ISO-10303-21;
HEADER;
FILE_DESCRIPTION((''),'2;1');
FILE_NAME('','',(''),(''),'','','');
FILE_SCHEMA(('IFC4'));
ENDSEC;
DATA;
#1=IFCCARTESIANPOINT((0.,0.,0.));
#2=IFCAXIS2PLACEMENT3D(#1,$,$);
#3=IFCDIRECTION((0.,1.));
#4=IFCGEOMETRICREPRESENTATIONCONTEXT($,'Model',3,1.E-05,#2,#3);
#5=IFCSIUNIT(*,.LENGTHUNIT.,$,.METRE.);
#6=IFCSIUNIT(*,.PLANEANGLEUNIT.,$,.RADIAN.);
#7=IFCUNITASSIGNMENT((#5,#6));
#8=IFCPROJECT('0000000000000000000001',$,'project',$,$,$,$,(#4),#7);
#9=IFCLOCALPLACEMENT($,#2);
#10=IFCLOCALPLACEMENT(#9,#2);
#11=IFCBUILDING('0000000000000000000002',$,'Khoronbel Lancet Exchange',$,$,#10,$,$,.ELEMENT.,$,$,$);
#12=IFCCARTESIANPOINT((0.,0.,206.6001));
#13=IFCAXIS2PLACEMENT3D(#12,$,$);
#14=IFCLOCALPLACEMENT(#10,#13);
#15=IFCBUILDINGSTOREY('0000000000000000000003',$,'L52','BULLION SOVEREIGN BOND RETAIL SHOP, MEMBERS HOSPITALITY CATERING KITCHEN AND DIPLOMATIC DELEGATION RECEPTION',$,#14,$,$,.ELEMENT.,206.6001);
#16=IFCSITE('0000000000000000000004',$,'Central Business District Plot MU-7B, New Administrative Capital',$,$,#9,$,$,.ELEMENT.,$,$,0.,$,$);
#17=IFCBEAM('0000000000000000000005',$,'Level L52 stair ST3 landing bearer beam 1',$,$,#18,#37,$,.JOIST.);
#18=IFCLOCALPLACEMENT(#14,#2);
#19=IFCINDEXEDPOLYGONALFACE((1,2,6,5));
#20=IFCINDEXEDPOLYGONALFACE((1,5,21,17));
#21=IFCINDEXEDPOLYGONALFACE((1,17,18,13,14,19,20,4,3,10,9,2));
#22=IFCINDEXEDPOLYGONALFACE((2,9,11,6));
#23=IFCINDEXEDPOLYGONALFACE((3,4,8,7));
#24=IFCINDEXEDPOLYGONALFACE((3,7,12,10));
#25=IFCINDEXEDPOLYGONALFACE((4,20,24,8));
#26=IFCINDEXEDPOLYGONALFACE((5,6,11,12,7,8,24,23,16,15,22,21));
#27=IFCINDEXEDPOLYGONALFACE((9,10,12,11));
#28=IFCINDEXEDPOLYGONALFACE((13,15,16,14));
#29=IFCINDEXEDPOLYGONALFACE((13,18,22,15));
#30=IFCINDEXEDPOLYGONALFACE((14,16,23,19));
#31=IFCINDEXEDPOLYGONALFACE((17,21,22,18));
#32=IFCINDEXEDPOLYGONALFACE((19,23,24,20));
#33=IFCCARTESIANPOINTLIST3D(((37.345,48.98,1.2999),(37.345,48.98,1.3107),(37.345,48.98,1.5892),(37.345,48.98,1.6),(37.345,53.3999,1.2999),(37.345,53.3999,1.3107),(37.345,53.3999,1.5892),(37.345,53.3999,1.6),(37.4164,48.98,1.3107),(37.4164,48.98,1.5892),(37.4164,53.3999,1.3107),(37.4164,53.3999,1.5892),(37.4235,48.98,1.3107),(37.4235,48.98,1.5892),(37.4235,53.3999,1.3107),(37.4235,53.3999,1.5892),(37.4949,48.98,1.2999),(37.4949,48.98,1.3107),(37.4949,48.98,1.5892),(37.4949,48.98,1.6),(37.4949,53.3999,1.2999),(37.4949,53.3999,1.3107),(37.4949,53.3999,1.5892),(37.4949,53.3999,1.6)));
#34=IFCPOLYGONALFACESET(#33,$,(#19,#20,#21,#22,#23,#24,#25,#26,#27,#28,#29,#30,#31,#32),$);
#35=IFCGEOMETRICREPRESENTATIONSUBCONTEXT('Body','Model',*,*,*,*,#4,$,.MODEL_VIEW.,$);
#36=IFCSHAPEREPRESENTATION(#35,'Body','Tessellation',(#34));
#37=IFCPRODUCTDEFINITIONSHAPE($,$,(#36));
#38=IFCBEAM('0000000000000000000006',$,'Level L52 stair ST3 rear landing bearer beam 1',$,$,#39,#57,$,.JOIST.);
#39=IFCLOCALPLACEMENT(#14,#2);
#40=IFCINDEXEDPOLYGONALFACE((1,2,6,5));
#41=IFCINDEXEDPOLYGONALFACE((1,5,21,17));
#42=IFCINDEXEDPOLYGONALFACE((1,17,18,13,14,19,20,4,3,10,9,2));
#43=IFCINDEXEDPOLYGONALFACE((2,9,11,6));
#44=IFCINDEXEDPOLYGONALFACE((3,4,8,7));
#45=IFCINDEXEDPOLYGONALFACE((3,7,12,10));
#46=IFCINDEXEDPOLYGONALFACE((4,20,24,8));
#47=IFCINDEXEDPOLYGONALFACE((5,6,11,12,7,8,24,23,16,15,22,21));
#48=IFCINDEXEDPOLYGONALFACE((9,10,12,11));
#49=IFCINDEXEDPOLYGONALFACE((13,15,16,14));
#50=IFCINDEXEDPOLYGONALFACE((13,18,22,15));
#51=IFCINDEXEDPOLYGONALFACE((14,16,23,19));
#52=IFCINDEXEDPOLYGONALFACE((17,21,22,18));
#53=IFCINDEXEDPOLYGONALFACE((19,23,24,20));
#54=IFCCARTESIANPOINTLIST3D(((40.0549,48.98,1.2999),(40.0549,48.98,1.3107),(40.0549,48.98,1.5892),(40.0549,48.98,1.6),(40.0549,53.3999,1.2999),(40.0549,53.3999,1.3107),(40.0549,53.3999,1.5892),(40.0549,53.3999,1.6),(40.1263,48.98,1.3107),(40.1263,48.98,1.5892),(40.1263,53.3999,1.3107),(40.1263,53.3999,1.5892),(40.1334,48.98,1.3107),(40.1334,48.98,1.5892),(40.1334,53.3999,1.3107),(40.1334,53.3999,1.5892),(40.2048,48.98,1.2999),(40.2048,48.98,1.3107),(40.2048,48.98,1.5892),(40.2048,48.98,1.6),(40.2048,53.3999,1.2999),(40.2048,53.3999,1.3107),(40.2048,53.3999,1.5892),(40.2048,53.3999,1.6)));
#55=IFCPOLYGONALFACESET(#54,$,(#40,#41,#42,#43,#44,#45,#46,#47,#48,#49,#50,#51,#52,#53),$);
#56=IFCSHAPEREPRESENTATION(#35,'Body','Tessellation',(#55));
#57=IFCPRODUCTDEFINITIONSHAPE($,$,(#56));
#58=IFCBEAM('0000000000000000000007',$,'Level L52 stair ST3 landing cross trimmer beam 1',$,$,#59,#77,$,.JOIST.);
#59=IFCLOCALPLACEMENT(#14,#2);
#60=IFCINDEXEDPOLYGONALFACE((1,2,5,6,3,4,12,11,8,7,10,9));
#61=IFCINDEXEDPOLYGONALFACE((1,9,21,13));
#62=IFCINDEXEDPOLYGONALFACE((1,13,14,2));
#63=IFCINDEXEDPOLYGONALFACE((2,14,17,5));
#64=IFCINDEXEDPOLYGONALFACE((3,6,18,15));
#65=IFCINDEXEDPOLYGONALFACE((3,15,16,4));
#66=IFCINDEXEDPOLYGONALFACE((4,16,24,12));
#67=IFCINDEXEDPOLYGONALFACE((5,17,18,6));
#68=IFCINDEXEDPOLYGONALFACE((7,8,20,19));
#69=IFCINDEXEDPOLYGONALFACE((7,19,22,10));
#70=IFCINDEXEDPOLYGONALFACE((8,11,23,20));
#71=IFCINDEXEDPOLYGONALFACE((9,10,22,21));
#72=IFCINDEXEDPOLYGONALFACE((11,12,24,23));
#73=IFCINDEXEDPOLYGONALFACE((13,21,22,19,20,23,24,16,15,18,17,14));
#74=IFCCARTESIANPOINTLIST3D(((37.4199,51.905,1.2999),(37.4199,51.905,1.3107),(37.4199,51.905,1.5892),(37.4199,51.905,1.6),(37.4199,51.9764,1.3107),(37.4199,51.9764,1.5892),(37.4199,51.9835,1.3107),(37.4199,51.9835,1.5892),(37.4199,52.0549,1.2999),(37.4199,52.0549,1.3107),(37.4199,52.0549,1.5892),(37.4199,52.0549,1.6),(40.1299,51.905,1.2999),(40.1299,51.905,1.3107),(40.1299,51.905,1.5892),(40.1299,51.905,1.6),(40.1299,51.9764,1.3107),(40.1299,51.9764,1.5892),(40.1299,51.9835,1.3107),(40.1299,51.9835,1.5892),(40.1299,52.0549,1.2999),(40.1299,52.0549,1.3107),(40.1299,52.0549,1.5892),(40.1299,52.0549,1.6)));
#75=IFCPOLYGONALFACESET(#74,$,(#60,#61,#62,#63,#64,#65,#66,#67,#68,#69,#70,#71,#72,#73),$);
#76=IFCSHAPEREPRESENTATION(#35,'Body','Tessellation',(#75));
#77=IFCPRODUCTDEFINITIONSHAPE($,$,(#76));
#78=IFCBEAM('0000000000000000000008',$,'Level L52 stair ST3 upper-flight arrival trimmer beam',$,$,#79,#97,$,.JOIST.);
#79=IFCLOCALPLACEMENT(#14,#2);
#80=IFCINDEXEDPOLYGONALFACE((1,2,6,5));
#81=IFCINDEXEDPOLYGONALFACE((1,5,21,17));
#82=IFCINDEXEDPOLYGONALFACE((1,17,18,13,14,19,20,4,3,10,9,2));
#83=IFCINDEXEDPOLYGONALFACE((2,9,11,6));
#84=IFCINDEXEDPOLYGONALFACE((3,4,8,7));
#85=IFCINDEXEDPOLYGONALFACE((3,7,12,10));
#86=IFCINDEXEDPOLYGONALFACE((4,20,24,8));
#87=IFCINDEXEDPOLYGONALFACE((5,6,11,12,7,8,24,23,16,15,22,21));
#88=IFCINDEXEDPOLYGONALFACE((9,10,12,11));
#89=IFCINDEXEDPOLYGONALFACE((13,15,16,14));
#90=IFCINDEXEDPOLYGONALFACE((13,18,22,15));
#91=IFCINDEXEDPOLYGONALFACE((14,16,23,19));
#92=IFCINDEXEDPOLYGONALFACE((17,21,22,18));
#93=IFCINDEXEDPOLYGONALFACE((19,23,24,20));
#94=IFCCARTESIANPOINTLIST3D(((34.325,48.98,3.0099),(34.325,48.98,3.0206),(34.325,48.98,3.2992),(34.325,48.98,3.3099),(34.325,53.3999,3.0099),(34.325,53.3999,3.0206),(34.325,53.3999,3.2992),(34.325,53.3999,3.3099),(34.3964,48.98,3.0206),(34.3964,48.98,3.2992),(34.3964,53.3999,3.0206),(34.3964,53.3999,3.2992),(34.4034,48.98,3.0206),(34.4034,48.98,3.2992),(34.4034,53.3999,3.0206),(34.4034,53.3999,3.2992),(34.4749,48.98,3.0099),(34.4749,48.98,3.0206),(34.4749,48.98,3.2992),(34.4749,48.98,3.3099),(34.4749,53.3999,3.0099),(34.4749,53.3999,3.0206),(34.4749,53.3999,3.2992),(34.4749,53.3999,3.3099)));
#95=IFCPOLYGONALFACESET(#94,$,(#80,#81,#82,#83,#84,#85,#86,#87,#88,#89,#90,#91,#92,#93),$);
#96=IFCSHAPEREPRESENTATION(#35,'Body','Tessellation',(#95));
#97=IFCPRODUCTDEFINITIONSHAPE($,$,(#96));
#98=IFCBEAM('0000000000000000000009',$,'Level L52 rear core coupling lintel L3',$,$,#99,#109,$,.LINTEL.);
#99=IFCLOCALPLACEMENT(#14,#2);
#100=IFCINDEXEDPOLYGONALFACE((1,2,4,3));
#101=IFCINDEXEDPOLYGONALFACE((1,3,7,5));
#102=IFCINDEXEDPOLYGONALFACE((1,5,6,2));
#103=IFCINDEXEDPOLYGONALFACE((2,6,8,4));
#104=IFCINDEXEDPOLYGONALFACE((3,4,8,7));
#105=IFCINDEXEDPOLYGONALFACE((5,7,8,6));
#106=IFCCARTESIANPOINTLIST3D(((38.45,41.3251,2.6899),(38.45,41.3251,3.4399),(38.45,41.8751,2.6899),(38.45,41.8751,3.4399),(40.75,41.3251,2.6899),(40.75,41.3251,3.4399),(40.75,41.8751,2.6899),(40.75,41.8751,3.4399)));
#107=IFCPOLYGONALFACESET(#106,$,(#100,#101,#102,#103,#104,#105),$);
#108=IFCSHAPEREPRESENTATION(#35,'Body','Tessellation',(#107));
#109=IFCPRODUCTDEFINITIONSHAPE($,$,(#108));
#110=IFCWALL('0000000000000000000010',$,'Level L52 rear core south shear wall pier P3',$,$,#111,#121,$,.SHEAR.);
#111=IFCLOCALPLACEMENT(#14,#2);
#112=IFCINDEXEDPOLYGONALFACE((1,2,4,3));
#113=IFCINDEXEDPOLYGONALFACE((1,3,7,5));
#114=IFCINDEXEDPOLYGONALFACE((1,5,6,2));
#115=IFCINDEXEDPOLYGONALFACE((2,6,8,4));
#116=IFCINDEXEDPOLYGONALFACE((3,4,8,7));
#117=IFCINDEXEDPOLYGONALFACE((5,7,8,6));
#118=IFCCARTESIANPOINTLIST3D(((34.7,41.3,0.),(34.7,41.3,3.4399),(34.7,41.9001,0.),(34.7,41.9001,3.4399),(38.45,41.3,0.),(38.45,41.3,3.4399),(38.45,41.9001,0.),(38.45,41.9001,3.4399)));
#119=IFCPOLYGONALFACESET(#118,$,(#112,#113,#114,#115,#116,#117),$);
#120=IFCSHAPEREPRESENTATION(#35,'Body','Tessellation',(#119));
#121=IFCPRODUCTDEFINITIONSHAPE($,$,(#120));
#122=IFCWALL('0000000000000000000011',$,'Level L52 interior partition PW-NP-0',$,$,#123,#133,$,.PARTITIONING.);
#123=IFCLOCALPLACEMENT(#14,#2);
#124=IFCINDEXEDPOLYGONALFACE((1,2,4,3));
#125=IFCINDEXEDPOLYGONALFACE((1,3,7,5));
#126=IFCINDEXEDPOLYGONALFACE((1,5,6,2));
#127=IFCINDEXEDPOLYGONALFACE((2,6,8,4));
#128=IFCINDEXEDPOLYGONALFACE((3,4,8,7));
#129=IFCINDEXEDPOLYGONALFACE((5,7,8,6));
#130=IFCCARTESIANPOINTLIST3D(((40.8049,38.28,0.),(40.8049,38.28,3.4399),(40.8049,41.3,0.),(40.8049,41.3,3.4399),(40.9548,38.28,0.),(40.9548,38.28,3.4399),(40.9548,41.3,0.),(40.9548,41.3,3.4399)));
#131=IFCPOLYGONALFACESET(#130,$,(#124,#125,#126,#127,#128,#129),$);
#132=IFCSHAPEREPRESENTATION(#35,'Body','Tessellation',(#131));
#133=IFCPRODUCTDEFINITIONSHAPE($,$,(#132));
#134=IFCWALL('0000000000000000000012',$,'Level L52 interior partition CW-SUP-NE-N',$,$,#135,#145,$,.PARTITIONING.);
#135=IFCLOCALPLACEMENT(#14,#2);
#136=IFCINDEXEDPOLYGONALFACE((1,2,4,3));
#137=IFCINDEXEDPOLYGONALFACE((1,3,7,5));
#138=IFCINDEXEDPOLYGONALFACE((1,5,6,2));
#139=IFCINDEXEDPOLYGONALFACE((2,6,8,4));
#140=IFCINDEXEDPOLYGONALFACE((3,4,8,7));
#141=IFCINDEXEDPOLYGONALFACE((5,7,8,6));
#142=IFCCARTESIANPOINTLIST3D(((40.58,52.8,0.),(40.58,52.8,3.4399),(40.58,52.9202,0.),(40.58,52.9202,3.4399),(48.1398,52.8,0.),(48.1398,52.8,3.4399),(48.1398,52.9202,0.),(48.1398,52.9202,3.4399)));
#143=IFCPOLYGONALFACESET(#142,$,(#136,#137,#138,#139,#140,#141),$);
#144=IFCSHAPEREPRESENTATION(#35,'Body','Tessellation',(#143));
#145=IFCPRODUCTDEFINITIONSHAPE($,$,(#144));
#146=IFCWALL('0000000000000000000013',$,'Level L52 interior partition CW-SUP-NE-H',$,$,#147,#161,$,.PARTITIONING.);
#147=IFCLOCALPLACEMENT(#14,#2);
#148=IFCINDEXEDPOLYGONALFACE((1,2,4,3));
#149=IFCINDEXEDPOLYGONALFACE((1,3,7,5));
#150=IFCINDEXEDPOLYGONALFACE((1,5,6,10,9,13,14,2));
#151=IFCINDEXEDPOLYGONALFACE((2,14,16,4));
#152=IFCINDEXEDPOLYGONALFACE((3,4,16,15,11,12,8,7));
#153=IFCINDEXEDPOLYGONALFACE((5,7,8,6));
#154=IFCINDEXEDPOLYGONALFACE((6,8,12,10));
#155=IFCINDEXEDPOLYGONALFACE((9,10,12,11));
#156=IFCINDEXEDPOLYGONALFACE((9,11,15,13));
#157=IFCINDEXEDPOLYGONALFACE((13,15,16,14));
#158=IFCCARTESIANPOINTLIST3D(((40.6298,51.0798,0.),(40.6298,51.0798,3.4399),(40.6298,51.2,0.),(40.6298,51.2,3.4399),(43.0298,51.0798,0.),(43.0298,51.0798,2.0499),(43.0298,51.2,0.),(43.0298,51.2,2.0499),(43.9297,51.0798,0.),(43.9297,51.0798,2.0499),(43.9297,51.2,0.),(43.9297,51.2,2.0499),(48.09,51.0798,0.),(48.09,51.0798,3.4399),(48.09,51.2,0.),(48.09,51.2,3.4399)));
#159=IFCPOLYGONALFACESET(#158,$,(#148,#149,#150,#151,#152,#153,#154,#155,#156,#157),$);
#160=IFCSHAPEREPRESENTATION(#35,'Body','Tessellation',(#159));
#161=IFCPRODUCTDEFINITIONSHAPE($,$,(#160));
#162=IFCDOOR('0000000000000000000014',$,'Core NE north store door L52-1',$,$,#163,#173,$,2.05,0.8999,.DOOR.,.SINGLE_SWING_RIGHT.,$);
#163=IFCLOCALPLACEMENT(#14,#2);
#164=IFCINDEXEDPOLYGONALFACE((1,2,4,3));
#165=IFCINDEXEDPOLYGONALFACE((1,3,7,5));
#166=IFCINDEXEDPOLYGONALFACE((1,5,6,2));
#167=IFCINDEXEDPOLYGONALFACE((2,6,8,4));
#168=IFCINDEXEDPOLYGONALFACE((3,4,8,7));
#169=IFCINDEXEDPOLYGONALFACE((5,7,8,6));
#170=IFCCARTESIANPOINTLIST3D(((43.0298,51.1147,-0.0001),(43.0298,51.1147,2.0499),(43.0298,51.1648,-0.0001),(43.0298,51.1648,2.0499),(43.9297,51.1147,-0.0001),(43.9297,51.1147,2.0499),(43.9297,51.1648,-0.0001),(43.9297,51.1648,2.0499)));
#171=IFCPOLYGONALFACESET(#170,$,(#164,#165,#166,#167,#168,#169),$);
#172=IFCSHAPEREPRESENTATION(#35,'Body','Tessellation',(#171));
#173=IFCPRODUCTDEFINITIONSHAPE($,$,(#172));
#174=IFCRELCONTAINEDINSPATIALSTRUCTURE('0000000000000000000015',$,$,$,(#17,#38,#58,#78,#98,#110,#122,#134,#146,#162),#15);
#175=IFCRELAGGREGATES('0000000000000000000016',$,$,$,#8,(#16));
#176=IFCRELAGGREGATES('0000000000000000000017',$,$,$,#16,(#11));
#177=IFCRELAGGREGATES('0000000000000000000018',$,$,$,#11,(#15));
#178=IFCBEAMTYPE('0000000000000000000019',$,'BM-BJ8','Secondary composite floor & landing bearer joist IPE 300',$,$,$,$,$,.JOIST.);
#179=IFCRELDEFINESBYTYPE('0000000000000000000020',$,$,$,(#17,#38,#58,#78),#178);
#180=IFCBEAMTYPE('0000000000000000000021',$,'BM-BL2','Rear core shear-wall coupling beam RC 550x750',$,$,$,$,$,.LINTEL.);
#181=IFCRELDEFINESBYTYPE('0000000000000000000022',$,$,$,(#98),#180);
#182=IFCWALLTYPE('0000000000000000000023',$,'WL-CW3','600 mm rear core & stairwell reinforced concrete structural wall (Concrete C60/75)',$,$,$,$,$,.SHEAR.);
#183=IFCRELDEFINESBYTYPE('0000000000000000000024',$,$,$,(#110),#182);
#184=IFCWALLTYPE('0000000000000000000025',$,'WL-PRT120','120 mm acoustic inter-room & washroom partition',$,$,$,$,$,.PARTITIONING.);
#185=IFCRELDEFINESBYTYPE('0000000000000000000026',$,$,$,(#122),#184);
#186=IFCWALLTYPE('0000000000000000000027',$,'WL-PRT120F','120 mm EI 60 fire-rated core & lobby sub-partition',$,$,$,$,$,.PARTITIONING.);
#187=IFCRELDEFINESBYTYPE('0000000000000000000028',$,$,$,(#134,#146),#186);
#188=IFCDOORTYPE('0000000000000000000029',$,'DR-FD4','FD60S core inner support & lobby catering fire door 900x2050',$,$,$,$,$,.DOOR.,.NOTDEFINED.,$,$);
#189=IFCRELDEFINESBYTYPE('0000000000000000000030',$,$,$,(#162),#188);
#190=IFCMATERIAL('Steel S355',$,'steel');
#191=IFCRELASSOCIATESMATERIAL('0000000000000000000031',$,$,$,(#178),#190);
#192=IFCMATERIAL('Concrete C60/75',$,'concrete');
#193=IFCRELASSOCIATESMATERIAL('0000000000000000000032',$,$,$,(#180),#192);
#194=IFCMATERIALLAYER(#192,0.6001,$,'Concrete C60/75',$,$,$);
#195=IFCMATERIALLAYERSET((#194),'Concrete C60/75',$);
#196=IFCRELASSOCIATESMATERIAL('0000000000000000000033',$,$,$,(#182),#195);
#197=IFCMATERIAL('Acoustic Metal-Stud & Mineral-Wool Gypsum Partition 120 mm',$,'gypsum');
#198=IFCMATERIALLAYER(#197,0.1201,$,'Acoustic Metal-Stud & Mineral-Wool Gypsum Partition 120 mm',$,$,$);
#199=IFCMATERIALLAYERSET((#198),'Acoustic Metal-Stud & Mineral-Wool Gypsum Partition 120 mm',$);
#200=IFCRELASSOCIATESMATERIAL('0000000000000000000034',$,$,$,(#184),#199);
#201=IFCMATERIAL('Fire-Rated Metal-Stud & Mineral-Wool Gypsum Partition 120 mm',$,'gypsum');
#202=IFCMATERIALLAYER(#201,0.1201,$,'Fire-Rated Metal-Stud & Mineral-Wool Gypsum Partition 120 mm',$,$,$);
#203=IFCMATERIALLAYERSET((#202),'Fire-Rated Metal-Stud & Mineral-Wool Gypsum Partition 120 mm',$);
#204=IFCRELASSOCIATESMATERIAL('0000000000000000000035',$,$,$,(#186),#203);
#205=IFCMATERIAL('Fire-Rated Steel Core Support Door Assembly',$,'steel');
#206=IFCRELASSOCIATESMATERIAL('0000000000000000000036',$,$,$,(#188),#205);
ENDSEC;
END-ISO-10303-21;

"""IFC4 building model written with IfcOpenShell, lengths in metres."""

from ifc_helpers import new_model, si_unit, direction, frame, frame_2d, origin, origin_2d, place, context, subcontext, project, spatial, rectangle, i_section, extrude, material, layer, layer_set, material_profile, profile_set, type_object, element, fill, save


model = new_model("IFC4")

# Units and contexts
model_context = context("Model", 3, precision=1e-05, world=origin(), true_north=direction((0.0, 1.0)))
body_context = subcontext(model_context, "Body", "Model", "MODEL_VIEW")
ifc_project = project(units=[si_unit("LENGTHUNIT", "METRE"), si_unit("PLANEANGLEUNIT", "RADIAN")], contexts=[model_context])

# Site, building, storey
site_placement = place(None, origin())
site = spatial("IfcSite", under=ifc_project, at=site_placement, Name="Central Business District Plot MU-7B, New Administrative Capital", CompositionType="ELEMENT", RefElevation=0.0)
building_placement = place(site_placement, origin())
building = spatial("IfcBuilding", under=site, at=building_placement, Name="Khoronbel Lancet Exchange", CompositionType="ELEMENT")
storey_placement = place(building_placement, frame((0.0, 0.0, 206.6001)))
storey = spatial("IfcBuildingStorey", under=building, at=storey_placement, Name="L52", Description="BULLION SOVEREIGN BOND RETAIL SHOP, MEMBERS HOSPITALITY CATERING KITCHEN AND DIPLOMATIC DELEGATION RECEPTION", CompositionType="ELEMENT", Elevation=206.6001)

# Beams
ifc_material_1 = material(Name="Steel S355", Category="steel")
ifc_material_profile_1 = material_profile(ifc_material_1, i_section(OverallWidth=0.1499, OverallDepth=0.3, WebThickness=0.0071, FlangeThickness=0.0107, at=origin_2d()), Name="IPE 300")
ifc_profile_set_1 = profile_set([ifc_material_profile_1], Name="Steel S355")
beam_type_1 = type_object("IfcBeamType", Name="BM-BJ8", Description="Secondary composite floor & landing bearer joist IPE 300", PredefinedType="JOIST", material=ifc_profile_set_1)
for number, where, z_axis, x_axis, name in (
    (1, (37.4199, 48.98, 1.45), (0.0, 1.0, 0.0), (-1.0, 0.0, 0.0), "Level L52 stair ST3 landing bearer beam 1"),
    (2, (40.1299, 48.98, 1.45), (0.0, 1.0, 0.0), (-1.0, 0.0, 0.0), "Level L52 stair ST3 rear landing bearer beam 1"),
):
    element("IfcBeam", number, at=place(storey_placement, frame(where, z_axis=z_axis, x_axis=x_axis)), inside=storey, type_object=beam_type_1, Name=name, PredefinedType="JOIST", context=body_context, shape_type="SweptSolid", body=[
        extrude(i_section(OverallWidth=0.1499, OverallDepth=0.3, WebThickness=0.0071, FlangeThickness=0.0107, at=origin_2d()), origin(), (0.0, 0.0, 1.0), 4.4199),
    ])
beam_1_placement = place(storey_placement, frame((37.4199, 51.98, 1.45), z_axis=(1.0, 0.0, 0.0), x_axis=(0.0, 1.0, 0.0)))
element("IfcBeam", 3, at=beam_1_placement, inside=storey, type_object=beam_type_1, Name="Level L52 stair ST3 landing cross trimmer beam 1", PredefinedType="JOIST", context=body_context, shape_type="SweptSolid", body=[
    extrude(i_section(OverallWidth=0.1499, OverallDepth=0.3, WebThickness=0.0071, FlangeThickness=0.0107, at=origin_2d()), origin(), (0.0, 0.0, 1.0), 2.71),
])
beam_2_placement = place(storey_placement, frame((34.3999, 48.98, 3.1599), z_axis=(0.0, 1.0, 0.0), x_axis=(-1.0, 0.0, 0.0)))
element("IfcBeam", 4, at=beam_2_placement, inside=storey, type_object=beam_type_1, Name="Level L52 stair ST3 upper-flight arrival trimmer beam", PredefinedType="JOIST", context=body_context, shape_type="SweptSolid", body=[
    extrude(i_section(OverallWidth=0.1499, OverallDepth=0.3, WebThickness=0.0071, FlangeThickness=0.0107, at=origin_2d()), origin(), (0.0, 0.0, 1.0), 4.4199),
])
ifc_material_2 = material(Name="Concrete C60/75", Category="concrete")
ifc_material_profile_2 = material_profile(ifc_material_2, rectangle(XDim=0.55, YDim=0.75, at=origin_2d()), Name="RC 550x750")
ifc_profile_set_2 = profile_set([ifc_material_profile_2], Name="Concrete C60/75")
beam_type_2 = type_object("IfcBeamType", Name="BM-BL2", Description="Rear core shear-wall coupling beam RC 550x750", PredefinedType="LINTEL", material=ifc_profile_set_2)
beam_3_placement = place(storey_placement, frame((38.45, 41.6001, 3.0649), z_axis=(1.0, 0.0, 0.0), x_axis=(0.0, 1.0, 0.0)))
element("IfcBeam", 5, at=beam_3_placement, inside=storey, type_object=beam_type_2, Name="Level L52 rear core coupling lintel L3", PredefinedType="LINTEL", context=body_context, shape_type="SweptSolid", body=[
    extrude(rectangle(XDim=0.55, YDim=0.75, at=origin_2d()), origin(), (0.0, 0.0, 1.0), 2.3),
])

# Walls
ifc_layer_1 = layer(ifc_material_2, 0.6001, Name="Concrete C60/75")
ifc_layer_set_1 = layer_set([ifc_layer_1], Name="Concrete C60/75")
wall_type_1 = type_object("IfcWallType", Name="WL-CW3", Description="600 mm rear core & stairwell reinforced concrete structural wall (Concrete C60/75)", PredefinedType="SHEAR", material=ifc_layer_set_1)
wall_1_placement = place(storey_placement, frame((38.45, 41.6001, 0.0), z_axis=(0.0, 0.0, 1.0), x_axis=(-1.0, 0.0, 0.0)))
element("IfcWall", 6, at=wall_1_placement, inside=storey, type_object=wall_type_1, Name="Level L52 rear core south shear wall pier P3", PredefinedType="SHEAR", context=body_context, shape_type="SweptSolid", body=[
    extrude(rectangle(XDim=3.75, YDim=0.6001, at=frame_2d((1.875, 0.0))), origin(), (0.0, 0.0, 1.0), 3.4399),
])
ifc_material_3 = material(Name="Acoustic Metal-Stud & Mineral-Wool Gypsum Partition 120 mm", Category="gypsum")
ifc_layer_2 = layer(ifc_material_3, 0.1201, Name="Acoustic Metal-Stud & Mineral-Wool Gypsum Partition 120 mm")
ifc_layer_set_2 = layer_set([ifc_layer_2], Name="Acoustic Metal-Stud & Mineral-Wool Gypsum Partition 120 mm")
wall_type_2 = type_object("IfcWallType", Name="WL-PRT120", Description="120 mm acoustic inter-room & washroom partition", PredefinedType="PARTITIONING", material=ifc_layer_set_2)
wall_2_placement = place(storey_placement, frame((40.8799, 38.28, 0.0), z_axis=(0.0, 0.0, 1.0), x_axis=(0.0, 1.0, 0.0)))
element("IfcWall", 7, at=wall_2_placement, inside=storey, type_object=wall_type_2, Name="Level L52 interior partition PW-NP-0", PredefinedType="PARTITIONING", context=body_context, shape_type="SweptSolid", body=[
    extrude(rectangle(XDim=3.02, YDim=0.1499, at=frame_2d((1.51, 0.0))), origin(), (0.0, 0.0, 1.0), 3.4399),
])
ifc_material_4 = material(Name="Fire-Rated Metal-Stud & Mineral-Wool Gypsum Partition 120 mm", Category="gypsum")
ifc_layer_3 = layer(ifc_material_4, 0.1201, Name="Fire-Rated Metal-Stud & Mineral-Wool Gypsum Partition 120 mm")
ifc_layer_set_3 = layer_set([ifc_layer_3], Name="Fire-Rated Metal-Stud & Mineral-Wool Gypsum Partition 120 mm")
wall_type_3 = type_object("IfcWallType", Name="WL-PRT120F", Description="120 mm EI 60 fire-rated core & lobby sub-partition", PredefinedType="PARTITIONING", material=ifc_layer_set_3)
wall_3_placement = place(storey_placement, frame((40.5801, 52.8601, 0.0), z_axis=(0.0, 0.0, 1.0), x_axis=(1.0, 0.0, 0.0)))
element("IfcWall", 8, at=wall_3_placement, inside=storey, type_object=wall_type_3, Name="Level L52 interior partition CW-SUP-NE-N", PredefinedType="PARTITIONING", context=body_context, shape_type="SweptSolid", body=[
    extrude(rectangle(XDim=7.5598, YDim=0.1201, at=frame_2d((3.7798, 0.0))), origin(), (0.0, 0.0, 1.0), 3.4399),
])

# Wall, opening, door
wall_4_placement = place(storey_placement, frame((40.6299, 51.1399, 0.0), z_axis=(0.0, 0.0, 1.0), x_axis=(1.0, 0.0, 0.0)))
wall_4 = element("IfcWall", 9, at=wall_4_placement, inside=storey, type_object=wall_type_3, Name="Level L52 interior partition CW-SUP-NE-H", PredefinedType="PARTITIONING", context=body_context, shape_type="SweptSolid", body=[
    extrude(rectangle(XDim=7.4602, YDim=0.1201, at=frame_2d((3.73, 0.0))), origin(), (0.0, 0.0, 1.0), 3.4399),
])
opening_1_placement = place(wall_4_placement, frame((2.3999, 0.0, 0.0)))
opening_1 = element("IfcOpeningElement", 10, at=opening_1_placement, cuts=wall_4, PredefinedType="OPENING", context=body_context, shape_type="SweptSolid", body=[
    extrude(rectangle(XDim=0.8999, YDim=2.05, at=frame_2d((0.45, 1.0249))), frame((0.0, 0.0701, 0.0), z_axis=(0.0, -1.0, 0.0), x_axis=(1.0, 0.0, 0.0)), (0.0, 0.0, 1.0), 0.1401),
])
ifc_material_5 = material(Name="Fire-Rated Steel Core Support Door Assembly", Category="steel")
door_type_1 = type_object("IfcDoorType", Name="DR-FD4", Description="FD60S core inner support & lobby catering fire door 900x2050", OperationType="NOTDEFINED", PredefinedType="DOOR", material=ifc_material_5)
door_1_placement = place(opening_1_placement, origin())
door_1 = element("IfcDoor", 11, at=door_1_placement, inside=storey, type_object=door_type_1, Name="Core NE north store door L52-1", OperationType="SINGLE_SWING_RIGHT", OverallHeight=2.05, OverallWidth=0.8999, PredefinedType="DOOR", context=body_context, shape_type="SweptSolid", body=[
    extrude(rectangle(XDim=0.8999, YDim=2.05, at=frame_2d((0.45, 1.0249))), frame((0.0, 0.0249, 0.0), z_axis=(0.0, -1.0, 0.0), x_axis=(1.0, 0.0, 0.0)), (0.0, 0.0, 1.0), 0.05),
])
fill(opening_1, door_1)

save(model, "model.ifc")
